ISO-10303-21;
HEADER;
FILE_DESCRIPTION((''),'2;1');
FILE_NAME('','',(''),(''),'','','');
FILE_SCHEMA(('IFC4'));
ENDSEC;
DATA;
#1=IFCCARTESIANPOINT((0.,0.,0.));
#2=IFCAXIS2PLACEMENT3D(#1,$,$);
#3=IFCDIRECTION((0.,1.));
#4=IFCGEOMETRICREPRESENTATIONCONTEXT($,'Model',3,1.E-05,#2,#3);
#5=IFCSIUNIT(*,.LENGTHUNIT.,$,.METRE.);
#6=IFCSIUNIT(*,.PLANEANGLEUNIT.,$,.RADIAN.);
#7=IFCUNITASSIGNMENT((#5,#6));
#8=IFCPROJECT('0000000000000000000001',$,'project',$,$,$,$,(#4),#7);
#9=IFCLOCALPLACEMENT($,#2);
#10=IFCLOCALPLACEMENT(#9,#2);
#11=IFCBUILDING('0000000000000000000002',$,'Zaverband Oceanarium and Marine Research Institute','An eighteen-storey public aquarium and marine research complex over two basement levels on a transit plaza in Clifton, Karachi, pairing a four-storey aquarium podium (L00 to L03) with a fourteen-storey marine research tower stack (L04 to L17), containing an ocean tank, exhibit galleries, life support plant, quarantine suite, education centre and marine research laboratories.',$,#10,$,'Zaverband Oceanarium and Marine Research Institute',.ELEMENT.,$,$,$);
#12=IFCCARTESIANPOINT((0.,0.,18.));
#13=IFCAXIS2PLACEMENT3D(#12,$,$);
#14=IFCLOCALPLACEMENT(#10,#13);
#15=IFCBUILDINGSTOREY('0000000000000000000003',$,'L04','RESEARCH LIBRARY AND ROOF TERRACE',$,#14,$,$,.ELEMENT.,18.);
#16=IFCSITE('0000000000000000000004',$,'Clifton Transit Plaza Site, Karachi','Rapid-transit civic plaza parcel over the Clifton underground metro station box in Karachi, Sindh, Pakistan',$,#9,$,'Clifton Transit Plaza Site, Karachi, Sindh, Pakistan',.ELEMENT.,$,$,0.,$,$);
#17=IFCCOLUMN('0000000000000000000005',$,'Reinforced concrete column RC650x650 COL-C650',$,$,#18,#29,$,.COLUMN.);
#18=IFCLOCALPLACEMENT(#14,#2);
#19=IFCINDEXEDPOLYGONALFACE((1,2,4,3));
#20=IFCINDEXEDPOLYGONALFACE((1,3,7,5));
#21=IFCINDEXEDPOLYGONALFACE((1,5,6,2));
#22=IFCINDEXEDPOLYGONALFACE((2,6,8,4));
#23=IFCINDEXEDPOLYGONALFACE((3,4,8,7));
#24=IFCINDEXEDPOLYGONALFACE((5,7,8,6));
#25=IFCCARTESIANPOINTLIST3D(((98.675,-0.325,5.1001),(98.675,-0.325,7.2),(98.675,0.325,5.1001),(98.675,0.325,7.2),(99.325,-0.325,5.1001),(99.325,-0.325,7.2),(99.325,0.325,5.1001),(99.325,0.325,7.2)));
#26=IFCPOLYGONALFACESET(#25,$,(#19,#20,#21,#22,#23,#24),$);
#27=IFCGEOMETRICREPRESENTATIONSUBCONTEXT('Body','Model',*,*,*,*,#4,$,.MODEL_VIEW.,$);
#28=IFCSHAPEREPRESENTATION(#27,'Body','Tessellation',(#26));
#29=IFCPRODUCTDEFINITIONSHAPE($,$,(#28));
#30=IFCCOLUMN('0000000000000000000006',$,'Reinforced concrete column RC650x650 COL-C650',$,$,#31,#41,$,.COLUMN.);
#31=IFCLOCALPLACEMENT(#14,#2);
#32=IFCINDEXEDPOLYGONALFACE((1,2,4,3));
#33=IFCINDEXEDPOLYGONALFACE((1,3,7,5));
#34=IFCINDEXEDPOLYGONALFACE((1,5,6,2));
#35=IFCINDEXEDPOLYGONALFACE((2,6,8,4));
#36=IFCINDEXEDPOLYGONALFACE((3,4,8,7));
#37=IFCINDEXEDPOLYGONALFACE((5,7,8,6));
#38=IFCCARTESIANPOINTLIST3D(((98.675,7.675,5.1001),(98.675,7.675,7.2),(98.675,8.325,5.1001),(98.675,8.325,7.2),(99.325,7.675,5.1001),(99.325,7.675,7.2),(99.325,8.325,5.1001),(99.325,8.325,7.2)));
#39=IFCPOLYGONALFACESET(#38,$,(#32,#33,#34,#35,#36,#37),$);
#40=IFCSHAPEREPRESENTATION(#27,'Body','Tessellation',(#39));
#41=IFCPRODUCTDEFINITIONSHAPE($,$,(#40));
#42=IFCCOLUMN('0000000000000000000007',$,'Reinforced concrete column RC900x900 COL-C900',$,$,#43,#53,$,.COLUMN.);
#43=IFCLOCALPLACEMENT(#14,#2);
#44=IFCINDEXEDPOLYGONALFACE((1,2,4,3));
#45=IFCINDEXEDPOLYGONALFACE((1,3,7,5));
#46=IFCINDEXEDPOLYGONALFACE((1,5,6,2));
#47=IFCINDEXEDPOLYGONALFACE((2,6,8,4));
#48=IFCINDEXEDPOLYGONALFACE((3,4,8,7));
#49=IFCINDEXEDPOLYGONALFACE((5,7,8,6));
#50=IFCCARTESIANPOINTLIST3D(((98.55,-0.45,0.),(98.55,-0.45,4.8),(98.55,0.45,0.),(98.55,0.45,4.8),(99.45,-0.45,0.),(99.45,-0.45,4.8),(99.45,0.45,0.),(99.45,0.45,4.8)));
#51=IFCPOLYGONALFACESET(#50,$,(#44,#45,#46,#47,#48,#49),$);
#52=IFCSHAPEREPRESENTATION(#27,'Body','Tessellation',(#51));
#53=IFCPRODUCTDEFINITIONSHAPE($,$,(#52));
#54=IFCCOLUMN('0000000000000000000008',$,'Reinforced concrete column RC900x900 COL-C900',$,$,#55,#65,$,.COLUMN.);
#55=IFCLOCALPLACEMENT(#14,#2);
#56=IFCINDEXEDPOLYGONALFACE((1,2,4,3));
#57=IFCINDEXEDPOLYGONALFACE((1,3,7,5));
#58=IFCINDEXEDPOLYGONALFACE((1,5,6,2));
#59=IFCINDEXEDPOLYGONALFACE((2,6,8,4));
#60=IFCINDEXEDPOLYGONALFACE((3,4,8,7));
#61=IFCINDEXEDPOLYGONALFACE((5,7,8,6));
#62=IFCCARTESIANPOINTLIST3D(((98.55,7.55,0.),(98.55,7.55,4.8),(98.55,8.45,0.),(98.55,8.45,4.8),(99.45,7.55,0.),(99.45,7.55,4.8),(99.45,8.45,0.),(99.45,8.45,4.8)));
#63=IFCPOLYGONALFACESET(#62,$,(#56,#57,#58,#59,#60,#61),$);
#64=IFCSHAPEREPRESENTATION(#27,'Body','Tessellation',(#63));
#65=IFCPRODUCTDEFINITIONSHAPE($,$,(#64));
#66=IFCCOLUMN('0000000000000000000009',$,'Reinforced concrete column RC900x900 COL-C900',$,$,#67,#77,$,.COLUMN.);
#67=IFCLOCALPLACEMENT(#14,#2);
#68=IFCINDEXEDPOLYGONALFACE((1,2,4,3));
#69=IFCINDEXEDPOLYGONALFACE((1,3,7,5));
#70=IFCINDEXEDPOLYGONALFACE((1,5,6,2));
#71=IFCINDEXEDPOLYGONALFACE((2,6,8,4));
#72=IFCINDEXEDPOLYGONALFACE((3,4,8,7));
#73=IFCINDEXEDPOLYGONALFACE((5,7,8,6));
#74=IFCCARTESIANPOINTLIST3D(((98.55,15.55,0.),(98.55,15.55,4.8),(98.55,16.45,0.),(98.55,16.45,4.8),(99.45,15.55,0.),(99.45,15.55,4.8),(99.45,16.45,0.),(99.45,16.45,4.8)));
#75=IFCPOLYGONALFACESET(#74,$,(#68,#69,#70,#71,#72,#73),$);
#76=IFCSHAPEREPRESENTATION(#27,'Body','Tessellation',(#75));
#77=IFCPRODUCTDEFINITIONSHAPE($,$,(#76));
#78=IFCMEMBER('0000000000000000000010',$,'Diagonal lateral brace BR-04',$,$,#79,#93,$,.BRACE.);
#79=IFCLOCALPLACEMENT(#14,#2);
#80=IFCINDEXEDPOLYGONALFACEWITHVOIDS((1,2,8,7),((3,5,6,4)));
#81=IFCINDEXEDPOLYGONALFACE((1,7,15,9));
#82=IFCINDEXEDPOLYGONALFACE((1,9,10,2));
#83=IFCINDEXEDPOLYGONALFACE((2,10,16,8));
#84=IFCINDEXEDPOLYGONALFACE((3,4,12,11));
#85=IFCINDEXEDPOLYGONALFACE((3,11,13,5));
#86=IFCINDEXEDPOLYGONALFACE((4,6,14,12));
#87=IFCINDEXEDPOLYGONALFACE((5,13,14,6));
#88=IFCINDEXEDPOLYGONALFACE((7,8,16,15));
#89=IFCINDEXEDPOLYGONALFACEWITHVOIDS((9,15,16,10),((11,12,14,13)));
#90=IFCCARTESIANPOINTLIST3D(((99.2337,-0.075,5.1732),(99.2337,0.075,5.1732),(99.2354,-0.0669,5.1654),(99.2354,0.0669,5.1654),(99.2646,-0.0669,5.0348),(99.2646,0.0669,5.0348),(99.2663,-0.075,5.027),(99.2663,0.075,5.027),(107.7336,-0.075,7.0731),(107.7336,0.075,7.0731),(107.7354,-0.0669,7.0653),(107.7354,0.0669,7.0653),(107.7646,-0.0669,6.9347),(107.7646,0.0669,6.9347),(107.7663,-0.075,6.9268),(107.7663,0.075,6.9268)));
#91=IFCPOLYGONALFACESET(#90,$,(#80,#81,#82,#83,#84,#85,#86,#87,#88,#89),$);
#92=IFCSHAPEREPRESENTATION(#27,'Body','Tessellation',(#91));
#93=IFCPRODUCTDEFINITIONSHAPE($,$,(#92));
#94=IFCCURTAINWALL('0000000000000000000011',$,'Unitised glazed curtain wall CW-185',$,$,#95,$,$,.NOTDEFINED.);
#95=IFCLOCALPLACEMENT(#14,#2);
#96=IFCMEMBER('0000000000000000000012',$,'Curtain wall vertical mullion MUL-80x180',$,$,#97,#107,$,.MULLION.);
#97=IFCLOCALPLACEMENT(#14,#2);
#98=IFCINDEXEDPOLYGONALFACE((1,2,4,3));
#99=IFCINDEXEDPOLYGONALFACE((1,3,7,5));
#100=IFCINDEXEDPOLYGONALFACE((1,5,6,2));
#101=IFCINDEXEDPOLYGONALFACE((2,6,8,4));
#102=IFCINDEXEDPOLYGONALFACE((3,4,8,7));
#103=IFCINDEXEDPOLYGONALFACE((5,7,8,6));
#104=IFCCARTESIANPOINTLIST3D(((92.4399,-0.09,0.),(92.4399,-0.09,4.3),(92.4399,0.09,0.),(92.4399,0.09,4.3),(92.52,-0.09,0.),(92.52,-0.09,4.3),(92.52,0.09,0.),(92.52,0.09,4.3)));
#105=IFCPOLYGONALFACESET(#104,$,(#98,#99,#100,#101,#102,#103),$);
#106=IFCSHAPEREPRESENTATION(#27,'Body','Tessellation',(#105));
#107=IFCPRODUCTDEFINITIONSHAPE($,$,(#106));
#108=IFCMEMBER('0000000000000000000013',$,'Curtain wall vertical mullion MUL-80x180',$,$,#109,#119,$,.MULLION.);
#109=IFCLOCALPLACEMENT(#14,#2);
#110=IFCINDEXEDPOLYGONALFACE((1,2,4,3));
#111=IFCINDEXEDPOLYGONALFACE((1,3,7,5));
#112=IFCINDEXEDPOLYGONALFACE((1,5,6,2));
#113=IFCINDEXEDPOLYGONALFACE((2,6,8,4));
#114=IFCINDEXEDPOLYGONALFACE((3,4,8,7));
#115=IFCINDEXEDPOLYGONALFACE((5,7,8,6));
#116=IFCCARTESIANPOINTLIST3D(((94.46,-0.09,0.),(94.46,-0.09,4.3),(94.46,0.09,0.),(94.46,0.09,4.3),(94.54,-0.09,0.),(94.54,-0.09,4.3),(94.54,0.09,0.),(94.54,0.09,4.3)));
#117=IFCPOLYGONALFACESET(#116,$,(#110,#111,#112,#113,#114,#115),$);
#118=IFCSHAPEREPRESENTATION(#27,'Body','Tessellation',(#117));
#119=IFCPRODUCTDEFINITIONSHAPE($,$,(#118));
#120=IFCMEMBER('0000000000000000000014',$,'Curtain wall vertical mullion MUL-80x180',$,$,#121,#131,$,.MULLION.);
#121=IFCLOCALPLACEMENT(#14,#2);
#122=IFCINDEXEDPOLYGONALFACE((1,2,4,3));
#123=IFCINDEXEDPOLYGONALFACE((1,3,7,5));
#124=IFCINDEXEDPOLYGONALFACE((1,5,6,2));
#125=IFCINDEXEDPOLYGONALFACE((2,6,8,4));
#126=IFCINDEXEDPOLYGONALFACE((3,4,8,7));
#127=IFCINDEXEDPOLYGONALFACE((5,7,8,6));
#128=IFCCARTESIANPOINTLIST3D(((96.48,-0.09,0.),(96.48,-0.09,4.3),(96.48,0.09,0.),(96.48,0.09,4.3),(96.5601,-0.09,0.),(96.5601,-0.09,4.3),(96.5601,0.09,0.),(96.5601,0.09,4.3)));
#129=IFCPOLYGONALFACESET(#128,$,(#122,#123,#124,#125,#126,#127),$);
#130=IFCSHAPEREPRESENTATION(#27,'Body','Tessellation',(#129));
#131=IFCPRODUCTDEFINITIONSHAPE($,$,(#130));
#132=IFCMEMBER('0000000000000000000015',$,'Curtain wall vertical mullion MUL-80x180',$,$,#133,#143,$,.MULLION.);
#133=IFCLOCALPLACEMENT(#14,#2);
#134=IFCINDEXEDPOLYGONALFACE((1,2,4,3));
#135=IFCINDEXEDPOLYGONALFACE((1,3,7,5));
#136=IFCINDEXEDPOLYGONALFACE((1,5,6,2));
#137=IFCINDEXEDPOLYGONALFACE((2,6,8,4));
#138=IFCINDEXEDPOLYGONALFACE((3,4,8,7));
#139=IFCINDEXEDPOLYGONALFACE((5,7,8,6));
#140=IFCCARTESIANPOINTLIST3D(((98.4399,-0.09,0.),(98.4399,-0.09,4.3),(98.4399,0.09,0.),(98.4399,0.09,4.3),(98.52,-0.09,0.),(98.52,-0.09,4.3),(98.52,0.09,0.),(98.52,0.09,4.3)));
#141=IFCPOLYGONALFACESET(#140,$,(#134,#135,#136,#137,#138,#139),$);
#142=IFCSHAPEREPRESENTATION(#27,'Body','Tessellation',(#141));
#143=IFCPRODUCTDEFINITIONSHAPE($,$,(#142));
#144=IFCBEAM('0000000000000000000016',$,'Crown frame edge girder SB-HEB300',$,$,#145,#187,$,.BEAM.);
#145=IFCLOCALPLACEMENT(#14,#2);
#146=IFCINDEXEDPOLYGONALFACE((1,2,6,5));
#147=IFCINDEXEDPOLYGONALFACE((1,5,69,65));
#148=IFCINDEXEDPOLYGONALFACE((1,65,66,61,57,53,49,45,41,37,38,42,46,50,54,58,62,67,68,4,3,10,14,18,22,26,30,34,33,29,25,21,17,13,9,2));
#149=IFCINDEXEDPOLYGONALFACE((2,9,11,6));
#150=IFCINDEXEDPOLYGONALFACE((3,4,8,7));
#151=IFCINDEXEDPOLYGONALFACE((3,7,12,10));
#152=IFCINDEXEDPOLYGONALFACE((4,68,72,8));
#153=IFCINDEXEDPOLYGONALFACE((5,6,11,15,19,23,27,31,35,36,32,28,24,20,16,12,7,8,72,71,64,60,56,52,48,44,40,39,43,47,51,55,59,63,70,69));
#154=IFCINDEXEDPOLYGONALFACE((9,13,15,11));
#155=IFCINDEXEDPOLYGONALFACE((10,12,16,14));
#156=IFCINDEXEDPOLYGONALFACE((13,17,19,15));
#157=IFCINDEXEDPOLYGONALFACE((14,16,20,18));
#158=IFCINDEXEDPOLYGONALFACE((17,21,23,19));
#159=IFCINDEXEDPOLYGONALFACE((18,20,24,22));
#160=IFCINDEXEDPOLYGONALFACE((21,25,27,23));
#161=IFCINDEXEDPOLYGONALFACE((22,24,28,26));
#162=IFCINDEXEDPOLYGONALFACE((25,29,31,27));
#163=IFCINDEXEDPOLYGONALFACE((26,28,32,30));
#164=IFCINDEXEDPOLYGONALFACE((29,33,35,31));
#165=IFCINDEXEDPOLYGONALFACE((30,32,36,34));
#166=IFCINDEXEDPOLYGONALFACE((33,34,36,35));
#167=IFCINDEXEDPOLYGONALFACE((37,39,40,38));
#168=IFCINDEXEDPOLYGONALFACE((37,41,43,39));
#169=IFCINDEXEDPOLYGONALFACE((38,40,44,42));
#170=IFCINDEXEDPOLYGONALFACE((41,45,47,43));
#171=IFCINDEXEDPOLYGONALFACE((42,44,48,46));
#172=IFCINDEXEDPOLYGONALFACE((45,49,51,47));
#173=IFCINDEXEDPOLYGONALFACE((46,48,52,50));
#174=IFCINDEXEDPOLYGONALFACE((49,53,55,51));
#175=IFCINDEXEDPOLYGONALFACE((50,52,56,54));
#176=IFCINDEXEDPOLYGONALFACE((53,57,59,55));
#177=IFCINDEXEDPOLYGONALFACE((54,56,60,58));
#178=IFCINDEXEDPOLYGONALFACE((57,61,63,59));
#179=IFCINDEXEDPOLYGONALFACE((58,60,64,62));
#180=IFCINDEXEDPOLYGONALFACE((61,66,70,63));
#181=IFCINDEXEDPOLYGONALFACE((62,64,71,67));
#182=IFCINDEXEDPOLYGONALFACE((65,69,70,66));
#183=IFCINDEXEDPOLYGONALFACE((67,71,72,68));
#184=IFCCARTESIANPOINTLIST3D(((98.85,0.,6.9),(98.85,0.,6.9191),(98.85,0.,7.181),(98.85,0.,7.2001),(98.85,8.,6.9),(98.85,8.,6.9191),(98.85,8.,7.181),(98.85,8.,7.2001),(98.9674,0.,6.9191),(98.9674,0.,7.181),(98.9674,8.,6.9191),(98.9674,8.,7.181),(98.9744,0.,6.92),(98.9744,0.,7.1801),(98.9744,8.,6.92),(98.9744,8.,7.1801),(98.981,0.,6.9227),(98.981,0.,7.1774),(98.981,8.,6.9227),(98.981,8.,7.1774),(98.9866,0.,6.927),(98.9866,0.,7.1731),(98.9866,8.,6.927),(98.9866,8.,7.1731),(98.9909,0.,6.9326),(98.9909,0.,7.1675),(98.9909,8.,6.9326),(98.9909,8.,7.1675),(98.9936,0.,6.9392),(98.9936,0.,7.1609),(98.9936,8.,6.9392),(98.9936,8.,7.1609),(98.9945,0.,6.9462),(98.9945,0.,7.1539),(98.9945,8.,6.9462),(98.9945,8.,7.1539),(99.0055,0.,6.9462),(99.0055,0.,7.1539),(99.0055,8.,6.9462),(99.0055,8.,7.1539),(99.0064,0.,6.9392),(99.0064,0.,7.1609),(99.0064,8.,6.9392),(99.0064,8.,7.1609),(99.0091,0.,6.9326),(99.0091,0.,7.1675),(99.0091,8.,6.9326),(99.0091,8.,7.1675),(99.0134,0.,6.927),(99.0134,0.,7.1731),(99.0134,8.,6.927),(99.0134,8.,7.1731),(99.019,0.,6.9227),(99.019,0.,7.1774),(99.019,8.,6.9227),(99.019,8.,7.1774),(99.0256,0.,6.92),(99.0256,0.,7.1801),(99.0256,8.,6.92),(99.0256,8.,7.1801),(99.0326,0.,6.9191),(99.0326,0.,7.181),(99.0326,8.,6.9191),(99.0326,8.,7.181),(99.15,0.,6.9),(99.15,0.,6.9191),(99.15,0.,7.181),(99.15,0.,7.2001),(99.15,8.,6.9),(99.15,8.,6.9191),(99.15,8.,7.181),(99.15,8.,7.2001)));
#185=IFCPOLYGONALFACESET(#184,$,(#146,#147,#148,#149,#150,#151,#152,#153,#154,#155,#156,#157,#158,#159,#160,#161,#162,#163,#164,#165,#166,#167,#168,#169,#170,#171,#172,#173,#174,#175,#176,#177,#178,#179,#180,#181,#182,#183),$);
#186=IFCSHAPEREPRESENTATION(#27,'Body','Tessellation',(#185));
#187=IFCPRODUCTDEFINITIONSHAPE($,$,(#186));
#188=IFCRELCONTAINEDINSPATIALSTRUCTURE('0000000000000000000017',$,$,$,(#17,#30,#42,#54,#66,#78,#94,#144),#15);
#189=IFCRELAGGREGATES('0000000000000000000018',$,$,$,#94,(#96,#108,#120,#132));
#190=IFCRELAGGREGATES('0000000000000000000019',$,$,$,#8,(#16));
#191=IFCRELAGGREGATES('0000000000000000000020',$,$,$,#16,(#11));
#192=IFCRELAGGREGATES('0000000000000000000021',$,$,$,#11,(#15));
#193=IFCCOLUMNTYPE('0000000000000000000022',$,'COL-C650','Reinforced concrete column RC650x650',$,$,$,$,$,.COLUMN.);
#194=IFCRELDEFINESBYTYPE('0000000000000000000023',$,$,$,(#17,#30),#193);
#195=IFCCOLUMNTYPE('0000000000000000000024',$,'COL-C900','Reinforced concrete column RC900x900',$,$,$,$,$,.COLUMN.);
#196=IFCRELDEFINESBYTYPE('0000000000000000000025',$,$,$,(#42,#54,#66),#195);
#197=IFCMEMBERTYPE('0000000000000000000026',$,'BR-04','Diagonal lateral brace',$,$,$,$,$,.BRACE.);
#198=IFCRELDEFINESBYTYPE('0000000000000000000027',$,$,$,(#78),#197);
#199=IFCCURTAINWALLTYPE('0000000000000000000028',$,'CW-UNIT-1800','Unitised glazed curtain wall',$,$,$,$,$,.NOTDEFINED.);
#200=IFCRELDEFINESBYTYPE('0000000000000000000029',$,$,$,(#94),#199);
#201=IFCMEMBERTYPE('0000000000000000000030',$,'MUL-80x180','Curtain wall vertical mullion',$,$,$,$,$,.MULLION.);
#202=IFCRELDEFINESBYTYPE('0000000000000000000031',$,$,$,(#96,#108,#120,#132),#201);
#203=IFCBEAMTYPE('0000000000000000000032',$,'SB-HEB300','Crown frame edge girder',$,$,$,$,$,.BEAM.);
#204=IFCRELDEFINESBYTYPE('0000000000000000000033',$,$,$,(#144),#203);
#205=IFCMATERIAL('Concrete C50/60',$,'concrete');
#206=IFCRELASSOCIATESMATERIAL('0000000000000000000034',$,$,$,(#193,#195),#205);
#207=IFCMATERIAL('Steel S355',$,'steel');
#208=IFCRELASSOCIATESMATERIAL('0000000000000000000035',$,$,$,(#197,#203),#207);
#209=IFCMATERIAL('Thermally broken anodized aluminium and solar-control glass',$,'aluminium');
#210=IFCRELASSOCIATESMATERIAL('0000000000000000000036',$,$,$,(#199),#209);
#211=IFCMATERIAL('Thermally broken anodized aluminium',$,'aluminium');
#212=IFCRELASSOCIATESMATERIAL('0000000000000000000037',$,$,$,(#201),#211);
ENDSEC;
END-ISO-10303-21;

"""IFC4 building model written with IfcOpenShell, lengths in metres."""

from ifc_helpers import new_model, si_unit, direction, frame, origin, origin_2d, place, context, subcontext, project, spatial, rectangle, hollow_rectangle, i_section, extrude, material, material_profile, profile_set, type_object, element, aggregate, save


model = new_model("IFC4")

# Units and contexts
model_context = context("Model", 3, precision=1e-05, world=origin(), true_north=direction((0.0, 1.0)))
body_context = subcontext(model_context, "Body", "Model", "MODEL_VIEW")
ifc_project = project(units=[si_unit("LENGTHUNIT", "METRE"), si_unit("PLANEANGLEUNIT", "RADIAN")], contexts=[model_context])

# Site, building, storey
site_placement = place(None, origin())
site = spatial("IfcSite", under=ifc_project, at=site_placement, Name="Clifton Transit Plaza Site, Karachi", Description="Rapid-transit civic plaza parcel over the Clifton underground metro station box in Karachi, Sindh, Pakistan", LongName="Clifton Transit Plaza Site, Karachi, Sindh, Pakistan", CompositionType="ELEMENT", RefElevation=0.0)
building_placement = place(site_placement, origin())
building = spatial("IfcBuilding", under=site, at=building_placement, Name="Zaverband Oceanarium and Marine Research Institute", Description="An eighteen-storey public aquarium and marine research complex over two basement levels on a transit plaza in Clifton, Karachi, pairing a four-storey aquarium podium (L00 to L03) with a fourteen-storey marine research tower stack (L04 to L17), containing an ocean tank, exhibit galleries, life support plant, quarantine suite, education centre and marine research laboratories.", LongName="Zaverband Oceanarium and Marine Research Institute", CompositionType="ELEMENT")
storey_placement = place(building_placement, frame((0.0, 0.0, 18.0)))
storey = spatial("IfcBuildingStorey", under=building, at=storey_placement, Name="L04", Description="RESEARCH LIBRARY AND ROOF TERRACE", CompositionType="ELEMENT", Elevation=18.0)

# Columns
ifc_material_1 = material(Name="Concrete C50/60", Category="concrete")
ifc_material_profile_1 = material_profile(ifc_material_1, rectangle(XDim=0.6499, YDim=0.6499, at=origin_2d()), Name="RC650x650")
ifc_profile_set_1 = profile_set([ifc_material_profile_1], Name="Concrete C50/60")
column_type_1 = type_object("IfcColumnType", Name="COL-C650", Description="Reinforced concrete column RC650x650", PredefinedType="COLUMN", material=ifc_profile_set_1)
for number, where, z_axis, x_axis, name in (
    (1, (99.0, 0.0, 5.1001), (0.0, 0.0, 1.0), (1.0, 0.0, 0.0), "Reinforced concrete column RC650x650 COL-C650"),
    (2, (99.0, 8.0, 5.1001), (0.0, 0.0, 1.0), (1.0, 0.0, 0.0), "Reinforced concrete column RC650x650 COL-C650"),
):
    element("IfcColumn", number, at=place(storey_placement, frame(where, z_axis=z_axis, x_axis=x_axis)), inside=storey, type_object=column_type_1, Name=name, PredefinedType="COLUMN", context=body_context, shape_type="SweptSolid", body=[
        extrude(rectangle(XDim=0.6499, YDim=0.6499, at=origin_2d()), origin(), (0.0, 0.0, 1.0), 2.0999),
    ])
ifc_material_profile_2 = material_profile(ifc_material_1, rectangle(XDim=0.8999, YDim=0.8999, at=origin_2d()), Name="RC900x900")
ifc_profile_set_2 = profile_set([ifc_material_profile_2], Name="Concrete C50/60")
column_type_2 = type_object("IfcColumnType", Name="COL-C900", Description="Reinforced concrete column RC900x900", PredefinedType="COLUMN", material=ifc_profile_set_2)
for number, where, z_axis, x_axis, name in (
    (3, (99.0, 0.0, 0.0), (0.0, 0.0, 1.0), (1.0, 0.0, 0.0), "Reinforced concrete column RC900x900 COL-C900"),
    (4, (99.0, 8.0, 0.0), (0.0, 0.0, 1.0), (1.0, 0.0, 0.0), "Reinforced concrete column RC900x900 COL-C900"),
    (5, (99.0, 16.0, 0.0), (0.0, 0.0, 1.0), (1.0, 0.0, 0.0), "Reinforced concrete column RC900x900 COL-C900"),
):
    element("IfcColumn", number, at=place(storey_placement, frame(where, z_axis=z_axis, x_axis=x_axis)), inside=storey, type_object=column_type_2, Name=name, PredefinedType="COLUMN", context=body_context, shape_type="SweptSolid", body=[
        extrude(rectangle(XDim=0.8999, YDim=0.8999, at=origin_2d()), origin(), (0.0, 0.0, 1.0), 4.8),
    ])

# Member
ifc_material_2 = material(Name="Steel S355", Category="steel")
ifc_material_profile_3 = material_profile(ifc_material_2, hollow_rectangle(XDim=0.1499, YDim=0.1499, WallThickness=0.0081, at=origin_2d()), Name="SHS150x150x8")
ifc_profile_set_3 = profile_set([ifc_material_profile_3], Name="Steel S355")
member_type_1 = type_object("IfcMemberType", Name="BR-04", Description="Diagonal lateral brace", PredefinedType="BRACE", material=ifc_profile_set_3)
member_1_placement = place(storey_placement, frame((99.25, 0.0, 5.1001), z_axis=(0.975919, 0.0, 0.218135), x_axis=(0.0, 1.0, 0.0)))
element("IfcMember", 6, at=member_1_placement, inside=storey, type_object=member_type_1, Name="Diagonal lateral brace BR-04", PredefinedType="BRACE", context=body_context, shape_type="SweptSolid", body=[
    extrude(hollow_rectangle(XDim=0.1499, YDim=0.1499, WallThickness=0.0081, at=origin_2d()), origin(), (0.0, 0.0, 1.0), 8.7097),
])

# Curtain wall, members
ifc_material_3 = material(Name="Thermally broken anodized aluminium and solar-control glass", Category="aluminium")
curtain_wall_type = type_object("IfcCurtainWallType", Name="CW-UNIT-1800", Description="Unitised glazed curtain wall", PredefinedType="NOTDEFINED", material=ifc_material_3)
curtain_wall_placement = place(storey_placement, origin())
curtain_wall = element("IfcCurtainWall", 7, at=curtain_wall_placement, inside=storey, type_object=curtain_wall_type, Name="Unitised glazed curtain wall CW-185", PredefinedType="NOTDEFINED")
ifc_material_4 = material(Name="Thermally broken anodized aluminium", Category="aluminium")
ifc_material_profile_4 = material_profile(ifc_material_4, rectangle(XDim=0.0801, YDim=0.1799, at=origin_2d()), Name="AL-MUL-80x180")
ifc_profile_set_4 = profile_set([ifc_material_profile_4], Name="Thermally broken anodized aluminium")
member_type_2 = type_object("IfcMemberType", Name="MUL-80x180", Description="Curtain wall vertical mullion", PredefinedType="MULLION", material=ifc_profile_set_4)
member_2_placement = place(storey_placement, frame((92.48, 0.0, 0.0), z_axis=(0.0, 0.0, 1.0), x_axis=(1.0, 0.0, 0.0)))
member_2 = element("IfcMember", 8, at=member_2_placement, type_object=member_type_2, Name="Curtain wall vertical mullion MUL-80x180", PredefinedType="MULLION", context=body_context, shape_type="SweptSolid", body=[
    extrude(rectangle(XDim=0.0801, YDim=0.1799, at=origin_2d()), origin(), (0.0, 0.0, 1.0), 4.3),
])
member_3_placement = place(storey_placement, frame((94.5, 0.0, 0.0), z_axis=(0.0, 0.0, 1.0), x_axis=(1.0, 0.0, 0.0)))
member_3 = element("IfcMember", 9, at=member_3_placement, type_object=member_type_2, Name="Curtain wall vertical mullion MUL-80x180", PredefinedType="MULLION", context=body_context, shape_type="SweptSolid", body=[
    extrude(rectangle(XDim=0.0801, YDim=0.1799, at=origin_2d()), origin(), (0.0, 0.0, 1.0), 4.3),
])
member_4_placement = place(storey_placement, frame((96.52, 0.0, 0.0), z_axis=(0.0, 0.0, 1.0), x_axis=(1.0, 0.0, 0.0)))
member_4 = element("IfcMember", 10, at=member_4_placement, type_object=member_type_2, Name="Curtain wall vertical mullion MUL-80x180", PredefinedType="MULLION", context=body_context, shape_type="SweptSolid", body=[
    extrude(rectangle(XDim=0.0801, YDim=0.1799, at=origin_2d()), origin(), (0.0, 0.0, 1.0), 4.3),
])
member_5_placement = place(storey_placement, frame((98.48, 0.0, 0.0), z_axis=(0.0, 0.0, 1.0), x_axis=(1.0, 0.0, 0.0)))
member_5 = element("IfcMember", 11, at=member_5_placement, type_object=member_type_2, Name="Curtain wall vertical mullion MUL-80x180", PredefinedType="MULLION", context=body_context, shape_type="SweptSolid", body=[
    extrude(rectangle(XDim=0.0801, YDim=0.1799, at=origin_2d()), origin(), (0.0, 0.0, 1.0), 4.3),
])

# Beam
ifc_material_profile_5 = material_profile(ifc_material_2, i_section(OverallWidth=0.3, OverallDepth=0.3, WebThickness=0.011, FlangeThickness=0.019, FilletRadius=0.0271, at=origin_2d()), Name="HEB300")
ifc_profile_set_5 = profile_set([ifc_material_profile_5], Name="Steel S355")
beam_type_1 = type_object("IfcBeamType", Name="SB-HEB300", Description="Crown frame edge girder", PredefinedType="BEAM", material=ifc_profile_set_5)
beam_placement = place(storey_placement, frame((99.0, 0.0, 7.05), z_axis=(0.0, 1.0, 0.0), x_axis=(-1.0, 0.0, 0.0)))
element("IfcBeam", 12, at=beam_placement, inside=storey, type_object=beam_type_1, Name="Crown frame edge girder SB-HEB300", PredefinedType="BEAM", context=body_context, shape_type="SweptSolid", body=[
    extrude(i_section(OverallWidth=0.3, OverallDepth=0.3, WebThickness=0.011, FlangeThickness=0.019, FilletRadius=0.0271, at=origin_2d()), origin(), (0.0, 0.0, 1.0), 8.0),
])

aggregate(curtain_wall, [member_2, member_3, member_4, member_5])

save(model, "model.ifc")
